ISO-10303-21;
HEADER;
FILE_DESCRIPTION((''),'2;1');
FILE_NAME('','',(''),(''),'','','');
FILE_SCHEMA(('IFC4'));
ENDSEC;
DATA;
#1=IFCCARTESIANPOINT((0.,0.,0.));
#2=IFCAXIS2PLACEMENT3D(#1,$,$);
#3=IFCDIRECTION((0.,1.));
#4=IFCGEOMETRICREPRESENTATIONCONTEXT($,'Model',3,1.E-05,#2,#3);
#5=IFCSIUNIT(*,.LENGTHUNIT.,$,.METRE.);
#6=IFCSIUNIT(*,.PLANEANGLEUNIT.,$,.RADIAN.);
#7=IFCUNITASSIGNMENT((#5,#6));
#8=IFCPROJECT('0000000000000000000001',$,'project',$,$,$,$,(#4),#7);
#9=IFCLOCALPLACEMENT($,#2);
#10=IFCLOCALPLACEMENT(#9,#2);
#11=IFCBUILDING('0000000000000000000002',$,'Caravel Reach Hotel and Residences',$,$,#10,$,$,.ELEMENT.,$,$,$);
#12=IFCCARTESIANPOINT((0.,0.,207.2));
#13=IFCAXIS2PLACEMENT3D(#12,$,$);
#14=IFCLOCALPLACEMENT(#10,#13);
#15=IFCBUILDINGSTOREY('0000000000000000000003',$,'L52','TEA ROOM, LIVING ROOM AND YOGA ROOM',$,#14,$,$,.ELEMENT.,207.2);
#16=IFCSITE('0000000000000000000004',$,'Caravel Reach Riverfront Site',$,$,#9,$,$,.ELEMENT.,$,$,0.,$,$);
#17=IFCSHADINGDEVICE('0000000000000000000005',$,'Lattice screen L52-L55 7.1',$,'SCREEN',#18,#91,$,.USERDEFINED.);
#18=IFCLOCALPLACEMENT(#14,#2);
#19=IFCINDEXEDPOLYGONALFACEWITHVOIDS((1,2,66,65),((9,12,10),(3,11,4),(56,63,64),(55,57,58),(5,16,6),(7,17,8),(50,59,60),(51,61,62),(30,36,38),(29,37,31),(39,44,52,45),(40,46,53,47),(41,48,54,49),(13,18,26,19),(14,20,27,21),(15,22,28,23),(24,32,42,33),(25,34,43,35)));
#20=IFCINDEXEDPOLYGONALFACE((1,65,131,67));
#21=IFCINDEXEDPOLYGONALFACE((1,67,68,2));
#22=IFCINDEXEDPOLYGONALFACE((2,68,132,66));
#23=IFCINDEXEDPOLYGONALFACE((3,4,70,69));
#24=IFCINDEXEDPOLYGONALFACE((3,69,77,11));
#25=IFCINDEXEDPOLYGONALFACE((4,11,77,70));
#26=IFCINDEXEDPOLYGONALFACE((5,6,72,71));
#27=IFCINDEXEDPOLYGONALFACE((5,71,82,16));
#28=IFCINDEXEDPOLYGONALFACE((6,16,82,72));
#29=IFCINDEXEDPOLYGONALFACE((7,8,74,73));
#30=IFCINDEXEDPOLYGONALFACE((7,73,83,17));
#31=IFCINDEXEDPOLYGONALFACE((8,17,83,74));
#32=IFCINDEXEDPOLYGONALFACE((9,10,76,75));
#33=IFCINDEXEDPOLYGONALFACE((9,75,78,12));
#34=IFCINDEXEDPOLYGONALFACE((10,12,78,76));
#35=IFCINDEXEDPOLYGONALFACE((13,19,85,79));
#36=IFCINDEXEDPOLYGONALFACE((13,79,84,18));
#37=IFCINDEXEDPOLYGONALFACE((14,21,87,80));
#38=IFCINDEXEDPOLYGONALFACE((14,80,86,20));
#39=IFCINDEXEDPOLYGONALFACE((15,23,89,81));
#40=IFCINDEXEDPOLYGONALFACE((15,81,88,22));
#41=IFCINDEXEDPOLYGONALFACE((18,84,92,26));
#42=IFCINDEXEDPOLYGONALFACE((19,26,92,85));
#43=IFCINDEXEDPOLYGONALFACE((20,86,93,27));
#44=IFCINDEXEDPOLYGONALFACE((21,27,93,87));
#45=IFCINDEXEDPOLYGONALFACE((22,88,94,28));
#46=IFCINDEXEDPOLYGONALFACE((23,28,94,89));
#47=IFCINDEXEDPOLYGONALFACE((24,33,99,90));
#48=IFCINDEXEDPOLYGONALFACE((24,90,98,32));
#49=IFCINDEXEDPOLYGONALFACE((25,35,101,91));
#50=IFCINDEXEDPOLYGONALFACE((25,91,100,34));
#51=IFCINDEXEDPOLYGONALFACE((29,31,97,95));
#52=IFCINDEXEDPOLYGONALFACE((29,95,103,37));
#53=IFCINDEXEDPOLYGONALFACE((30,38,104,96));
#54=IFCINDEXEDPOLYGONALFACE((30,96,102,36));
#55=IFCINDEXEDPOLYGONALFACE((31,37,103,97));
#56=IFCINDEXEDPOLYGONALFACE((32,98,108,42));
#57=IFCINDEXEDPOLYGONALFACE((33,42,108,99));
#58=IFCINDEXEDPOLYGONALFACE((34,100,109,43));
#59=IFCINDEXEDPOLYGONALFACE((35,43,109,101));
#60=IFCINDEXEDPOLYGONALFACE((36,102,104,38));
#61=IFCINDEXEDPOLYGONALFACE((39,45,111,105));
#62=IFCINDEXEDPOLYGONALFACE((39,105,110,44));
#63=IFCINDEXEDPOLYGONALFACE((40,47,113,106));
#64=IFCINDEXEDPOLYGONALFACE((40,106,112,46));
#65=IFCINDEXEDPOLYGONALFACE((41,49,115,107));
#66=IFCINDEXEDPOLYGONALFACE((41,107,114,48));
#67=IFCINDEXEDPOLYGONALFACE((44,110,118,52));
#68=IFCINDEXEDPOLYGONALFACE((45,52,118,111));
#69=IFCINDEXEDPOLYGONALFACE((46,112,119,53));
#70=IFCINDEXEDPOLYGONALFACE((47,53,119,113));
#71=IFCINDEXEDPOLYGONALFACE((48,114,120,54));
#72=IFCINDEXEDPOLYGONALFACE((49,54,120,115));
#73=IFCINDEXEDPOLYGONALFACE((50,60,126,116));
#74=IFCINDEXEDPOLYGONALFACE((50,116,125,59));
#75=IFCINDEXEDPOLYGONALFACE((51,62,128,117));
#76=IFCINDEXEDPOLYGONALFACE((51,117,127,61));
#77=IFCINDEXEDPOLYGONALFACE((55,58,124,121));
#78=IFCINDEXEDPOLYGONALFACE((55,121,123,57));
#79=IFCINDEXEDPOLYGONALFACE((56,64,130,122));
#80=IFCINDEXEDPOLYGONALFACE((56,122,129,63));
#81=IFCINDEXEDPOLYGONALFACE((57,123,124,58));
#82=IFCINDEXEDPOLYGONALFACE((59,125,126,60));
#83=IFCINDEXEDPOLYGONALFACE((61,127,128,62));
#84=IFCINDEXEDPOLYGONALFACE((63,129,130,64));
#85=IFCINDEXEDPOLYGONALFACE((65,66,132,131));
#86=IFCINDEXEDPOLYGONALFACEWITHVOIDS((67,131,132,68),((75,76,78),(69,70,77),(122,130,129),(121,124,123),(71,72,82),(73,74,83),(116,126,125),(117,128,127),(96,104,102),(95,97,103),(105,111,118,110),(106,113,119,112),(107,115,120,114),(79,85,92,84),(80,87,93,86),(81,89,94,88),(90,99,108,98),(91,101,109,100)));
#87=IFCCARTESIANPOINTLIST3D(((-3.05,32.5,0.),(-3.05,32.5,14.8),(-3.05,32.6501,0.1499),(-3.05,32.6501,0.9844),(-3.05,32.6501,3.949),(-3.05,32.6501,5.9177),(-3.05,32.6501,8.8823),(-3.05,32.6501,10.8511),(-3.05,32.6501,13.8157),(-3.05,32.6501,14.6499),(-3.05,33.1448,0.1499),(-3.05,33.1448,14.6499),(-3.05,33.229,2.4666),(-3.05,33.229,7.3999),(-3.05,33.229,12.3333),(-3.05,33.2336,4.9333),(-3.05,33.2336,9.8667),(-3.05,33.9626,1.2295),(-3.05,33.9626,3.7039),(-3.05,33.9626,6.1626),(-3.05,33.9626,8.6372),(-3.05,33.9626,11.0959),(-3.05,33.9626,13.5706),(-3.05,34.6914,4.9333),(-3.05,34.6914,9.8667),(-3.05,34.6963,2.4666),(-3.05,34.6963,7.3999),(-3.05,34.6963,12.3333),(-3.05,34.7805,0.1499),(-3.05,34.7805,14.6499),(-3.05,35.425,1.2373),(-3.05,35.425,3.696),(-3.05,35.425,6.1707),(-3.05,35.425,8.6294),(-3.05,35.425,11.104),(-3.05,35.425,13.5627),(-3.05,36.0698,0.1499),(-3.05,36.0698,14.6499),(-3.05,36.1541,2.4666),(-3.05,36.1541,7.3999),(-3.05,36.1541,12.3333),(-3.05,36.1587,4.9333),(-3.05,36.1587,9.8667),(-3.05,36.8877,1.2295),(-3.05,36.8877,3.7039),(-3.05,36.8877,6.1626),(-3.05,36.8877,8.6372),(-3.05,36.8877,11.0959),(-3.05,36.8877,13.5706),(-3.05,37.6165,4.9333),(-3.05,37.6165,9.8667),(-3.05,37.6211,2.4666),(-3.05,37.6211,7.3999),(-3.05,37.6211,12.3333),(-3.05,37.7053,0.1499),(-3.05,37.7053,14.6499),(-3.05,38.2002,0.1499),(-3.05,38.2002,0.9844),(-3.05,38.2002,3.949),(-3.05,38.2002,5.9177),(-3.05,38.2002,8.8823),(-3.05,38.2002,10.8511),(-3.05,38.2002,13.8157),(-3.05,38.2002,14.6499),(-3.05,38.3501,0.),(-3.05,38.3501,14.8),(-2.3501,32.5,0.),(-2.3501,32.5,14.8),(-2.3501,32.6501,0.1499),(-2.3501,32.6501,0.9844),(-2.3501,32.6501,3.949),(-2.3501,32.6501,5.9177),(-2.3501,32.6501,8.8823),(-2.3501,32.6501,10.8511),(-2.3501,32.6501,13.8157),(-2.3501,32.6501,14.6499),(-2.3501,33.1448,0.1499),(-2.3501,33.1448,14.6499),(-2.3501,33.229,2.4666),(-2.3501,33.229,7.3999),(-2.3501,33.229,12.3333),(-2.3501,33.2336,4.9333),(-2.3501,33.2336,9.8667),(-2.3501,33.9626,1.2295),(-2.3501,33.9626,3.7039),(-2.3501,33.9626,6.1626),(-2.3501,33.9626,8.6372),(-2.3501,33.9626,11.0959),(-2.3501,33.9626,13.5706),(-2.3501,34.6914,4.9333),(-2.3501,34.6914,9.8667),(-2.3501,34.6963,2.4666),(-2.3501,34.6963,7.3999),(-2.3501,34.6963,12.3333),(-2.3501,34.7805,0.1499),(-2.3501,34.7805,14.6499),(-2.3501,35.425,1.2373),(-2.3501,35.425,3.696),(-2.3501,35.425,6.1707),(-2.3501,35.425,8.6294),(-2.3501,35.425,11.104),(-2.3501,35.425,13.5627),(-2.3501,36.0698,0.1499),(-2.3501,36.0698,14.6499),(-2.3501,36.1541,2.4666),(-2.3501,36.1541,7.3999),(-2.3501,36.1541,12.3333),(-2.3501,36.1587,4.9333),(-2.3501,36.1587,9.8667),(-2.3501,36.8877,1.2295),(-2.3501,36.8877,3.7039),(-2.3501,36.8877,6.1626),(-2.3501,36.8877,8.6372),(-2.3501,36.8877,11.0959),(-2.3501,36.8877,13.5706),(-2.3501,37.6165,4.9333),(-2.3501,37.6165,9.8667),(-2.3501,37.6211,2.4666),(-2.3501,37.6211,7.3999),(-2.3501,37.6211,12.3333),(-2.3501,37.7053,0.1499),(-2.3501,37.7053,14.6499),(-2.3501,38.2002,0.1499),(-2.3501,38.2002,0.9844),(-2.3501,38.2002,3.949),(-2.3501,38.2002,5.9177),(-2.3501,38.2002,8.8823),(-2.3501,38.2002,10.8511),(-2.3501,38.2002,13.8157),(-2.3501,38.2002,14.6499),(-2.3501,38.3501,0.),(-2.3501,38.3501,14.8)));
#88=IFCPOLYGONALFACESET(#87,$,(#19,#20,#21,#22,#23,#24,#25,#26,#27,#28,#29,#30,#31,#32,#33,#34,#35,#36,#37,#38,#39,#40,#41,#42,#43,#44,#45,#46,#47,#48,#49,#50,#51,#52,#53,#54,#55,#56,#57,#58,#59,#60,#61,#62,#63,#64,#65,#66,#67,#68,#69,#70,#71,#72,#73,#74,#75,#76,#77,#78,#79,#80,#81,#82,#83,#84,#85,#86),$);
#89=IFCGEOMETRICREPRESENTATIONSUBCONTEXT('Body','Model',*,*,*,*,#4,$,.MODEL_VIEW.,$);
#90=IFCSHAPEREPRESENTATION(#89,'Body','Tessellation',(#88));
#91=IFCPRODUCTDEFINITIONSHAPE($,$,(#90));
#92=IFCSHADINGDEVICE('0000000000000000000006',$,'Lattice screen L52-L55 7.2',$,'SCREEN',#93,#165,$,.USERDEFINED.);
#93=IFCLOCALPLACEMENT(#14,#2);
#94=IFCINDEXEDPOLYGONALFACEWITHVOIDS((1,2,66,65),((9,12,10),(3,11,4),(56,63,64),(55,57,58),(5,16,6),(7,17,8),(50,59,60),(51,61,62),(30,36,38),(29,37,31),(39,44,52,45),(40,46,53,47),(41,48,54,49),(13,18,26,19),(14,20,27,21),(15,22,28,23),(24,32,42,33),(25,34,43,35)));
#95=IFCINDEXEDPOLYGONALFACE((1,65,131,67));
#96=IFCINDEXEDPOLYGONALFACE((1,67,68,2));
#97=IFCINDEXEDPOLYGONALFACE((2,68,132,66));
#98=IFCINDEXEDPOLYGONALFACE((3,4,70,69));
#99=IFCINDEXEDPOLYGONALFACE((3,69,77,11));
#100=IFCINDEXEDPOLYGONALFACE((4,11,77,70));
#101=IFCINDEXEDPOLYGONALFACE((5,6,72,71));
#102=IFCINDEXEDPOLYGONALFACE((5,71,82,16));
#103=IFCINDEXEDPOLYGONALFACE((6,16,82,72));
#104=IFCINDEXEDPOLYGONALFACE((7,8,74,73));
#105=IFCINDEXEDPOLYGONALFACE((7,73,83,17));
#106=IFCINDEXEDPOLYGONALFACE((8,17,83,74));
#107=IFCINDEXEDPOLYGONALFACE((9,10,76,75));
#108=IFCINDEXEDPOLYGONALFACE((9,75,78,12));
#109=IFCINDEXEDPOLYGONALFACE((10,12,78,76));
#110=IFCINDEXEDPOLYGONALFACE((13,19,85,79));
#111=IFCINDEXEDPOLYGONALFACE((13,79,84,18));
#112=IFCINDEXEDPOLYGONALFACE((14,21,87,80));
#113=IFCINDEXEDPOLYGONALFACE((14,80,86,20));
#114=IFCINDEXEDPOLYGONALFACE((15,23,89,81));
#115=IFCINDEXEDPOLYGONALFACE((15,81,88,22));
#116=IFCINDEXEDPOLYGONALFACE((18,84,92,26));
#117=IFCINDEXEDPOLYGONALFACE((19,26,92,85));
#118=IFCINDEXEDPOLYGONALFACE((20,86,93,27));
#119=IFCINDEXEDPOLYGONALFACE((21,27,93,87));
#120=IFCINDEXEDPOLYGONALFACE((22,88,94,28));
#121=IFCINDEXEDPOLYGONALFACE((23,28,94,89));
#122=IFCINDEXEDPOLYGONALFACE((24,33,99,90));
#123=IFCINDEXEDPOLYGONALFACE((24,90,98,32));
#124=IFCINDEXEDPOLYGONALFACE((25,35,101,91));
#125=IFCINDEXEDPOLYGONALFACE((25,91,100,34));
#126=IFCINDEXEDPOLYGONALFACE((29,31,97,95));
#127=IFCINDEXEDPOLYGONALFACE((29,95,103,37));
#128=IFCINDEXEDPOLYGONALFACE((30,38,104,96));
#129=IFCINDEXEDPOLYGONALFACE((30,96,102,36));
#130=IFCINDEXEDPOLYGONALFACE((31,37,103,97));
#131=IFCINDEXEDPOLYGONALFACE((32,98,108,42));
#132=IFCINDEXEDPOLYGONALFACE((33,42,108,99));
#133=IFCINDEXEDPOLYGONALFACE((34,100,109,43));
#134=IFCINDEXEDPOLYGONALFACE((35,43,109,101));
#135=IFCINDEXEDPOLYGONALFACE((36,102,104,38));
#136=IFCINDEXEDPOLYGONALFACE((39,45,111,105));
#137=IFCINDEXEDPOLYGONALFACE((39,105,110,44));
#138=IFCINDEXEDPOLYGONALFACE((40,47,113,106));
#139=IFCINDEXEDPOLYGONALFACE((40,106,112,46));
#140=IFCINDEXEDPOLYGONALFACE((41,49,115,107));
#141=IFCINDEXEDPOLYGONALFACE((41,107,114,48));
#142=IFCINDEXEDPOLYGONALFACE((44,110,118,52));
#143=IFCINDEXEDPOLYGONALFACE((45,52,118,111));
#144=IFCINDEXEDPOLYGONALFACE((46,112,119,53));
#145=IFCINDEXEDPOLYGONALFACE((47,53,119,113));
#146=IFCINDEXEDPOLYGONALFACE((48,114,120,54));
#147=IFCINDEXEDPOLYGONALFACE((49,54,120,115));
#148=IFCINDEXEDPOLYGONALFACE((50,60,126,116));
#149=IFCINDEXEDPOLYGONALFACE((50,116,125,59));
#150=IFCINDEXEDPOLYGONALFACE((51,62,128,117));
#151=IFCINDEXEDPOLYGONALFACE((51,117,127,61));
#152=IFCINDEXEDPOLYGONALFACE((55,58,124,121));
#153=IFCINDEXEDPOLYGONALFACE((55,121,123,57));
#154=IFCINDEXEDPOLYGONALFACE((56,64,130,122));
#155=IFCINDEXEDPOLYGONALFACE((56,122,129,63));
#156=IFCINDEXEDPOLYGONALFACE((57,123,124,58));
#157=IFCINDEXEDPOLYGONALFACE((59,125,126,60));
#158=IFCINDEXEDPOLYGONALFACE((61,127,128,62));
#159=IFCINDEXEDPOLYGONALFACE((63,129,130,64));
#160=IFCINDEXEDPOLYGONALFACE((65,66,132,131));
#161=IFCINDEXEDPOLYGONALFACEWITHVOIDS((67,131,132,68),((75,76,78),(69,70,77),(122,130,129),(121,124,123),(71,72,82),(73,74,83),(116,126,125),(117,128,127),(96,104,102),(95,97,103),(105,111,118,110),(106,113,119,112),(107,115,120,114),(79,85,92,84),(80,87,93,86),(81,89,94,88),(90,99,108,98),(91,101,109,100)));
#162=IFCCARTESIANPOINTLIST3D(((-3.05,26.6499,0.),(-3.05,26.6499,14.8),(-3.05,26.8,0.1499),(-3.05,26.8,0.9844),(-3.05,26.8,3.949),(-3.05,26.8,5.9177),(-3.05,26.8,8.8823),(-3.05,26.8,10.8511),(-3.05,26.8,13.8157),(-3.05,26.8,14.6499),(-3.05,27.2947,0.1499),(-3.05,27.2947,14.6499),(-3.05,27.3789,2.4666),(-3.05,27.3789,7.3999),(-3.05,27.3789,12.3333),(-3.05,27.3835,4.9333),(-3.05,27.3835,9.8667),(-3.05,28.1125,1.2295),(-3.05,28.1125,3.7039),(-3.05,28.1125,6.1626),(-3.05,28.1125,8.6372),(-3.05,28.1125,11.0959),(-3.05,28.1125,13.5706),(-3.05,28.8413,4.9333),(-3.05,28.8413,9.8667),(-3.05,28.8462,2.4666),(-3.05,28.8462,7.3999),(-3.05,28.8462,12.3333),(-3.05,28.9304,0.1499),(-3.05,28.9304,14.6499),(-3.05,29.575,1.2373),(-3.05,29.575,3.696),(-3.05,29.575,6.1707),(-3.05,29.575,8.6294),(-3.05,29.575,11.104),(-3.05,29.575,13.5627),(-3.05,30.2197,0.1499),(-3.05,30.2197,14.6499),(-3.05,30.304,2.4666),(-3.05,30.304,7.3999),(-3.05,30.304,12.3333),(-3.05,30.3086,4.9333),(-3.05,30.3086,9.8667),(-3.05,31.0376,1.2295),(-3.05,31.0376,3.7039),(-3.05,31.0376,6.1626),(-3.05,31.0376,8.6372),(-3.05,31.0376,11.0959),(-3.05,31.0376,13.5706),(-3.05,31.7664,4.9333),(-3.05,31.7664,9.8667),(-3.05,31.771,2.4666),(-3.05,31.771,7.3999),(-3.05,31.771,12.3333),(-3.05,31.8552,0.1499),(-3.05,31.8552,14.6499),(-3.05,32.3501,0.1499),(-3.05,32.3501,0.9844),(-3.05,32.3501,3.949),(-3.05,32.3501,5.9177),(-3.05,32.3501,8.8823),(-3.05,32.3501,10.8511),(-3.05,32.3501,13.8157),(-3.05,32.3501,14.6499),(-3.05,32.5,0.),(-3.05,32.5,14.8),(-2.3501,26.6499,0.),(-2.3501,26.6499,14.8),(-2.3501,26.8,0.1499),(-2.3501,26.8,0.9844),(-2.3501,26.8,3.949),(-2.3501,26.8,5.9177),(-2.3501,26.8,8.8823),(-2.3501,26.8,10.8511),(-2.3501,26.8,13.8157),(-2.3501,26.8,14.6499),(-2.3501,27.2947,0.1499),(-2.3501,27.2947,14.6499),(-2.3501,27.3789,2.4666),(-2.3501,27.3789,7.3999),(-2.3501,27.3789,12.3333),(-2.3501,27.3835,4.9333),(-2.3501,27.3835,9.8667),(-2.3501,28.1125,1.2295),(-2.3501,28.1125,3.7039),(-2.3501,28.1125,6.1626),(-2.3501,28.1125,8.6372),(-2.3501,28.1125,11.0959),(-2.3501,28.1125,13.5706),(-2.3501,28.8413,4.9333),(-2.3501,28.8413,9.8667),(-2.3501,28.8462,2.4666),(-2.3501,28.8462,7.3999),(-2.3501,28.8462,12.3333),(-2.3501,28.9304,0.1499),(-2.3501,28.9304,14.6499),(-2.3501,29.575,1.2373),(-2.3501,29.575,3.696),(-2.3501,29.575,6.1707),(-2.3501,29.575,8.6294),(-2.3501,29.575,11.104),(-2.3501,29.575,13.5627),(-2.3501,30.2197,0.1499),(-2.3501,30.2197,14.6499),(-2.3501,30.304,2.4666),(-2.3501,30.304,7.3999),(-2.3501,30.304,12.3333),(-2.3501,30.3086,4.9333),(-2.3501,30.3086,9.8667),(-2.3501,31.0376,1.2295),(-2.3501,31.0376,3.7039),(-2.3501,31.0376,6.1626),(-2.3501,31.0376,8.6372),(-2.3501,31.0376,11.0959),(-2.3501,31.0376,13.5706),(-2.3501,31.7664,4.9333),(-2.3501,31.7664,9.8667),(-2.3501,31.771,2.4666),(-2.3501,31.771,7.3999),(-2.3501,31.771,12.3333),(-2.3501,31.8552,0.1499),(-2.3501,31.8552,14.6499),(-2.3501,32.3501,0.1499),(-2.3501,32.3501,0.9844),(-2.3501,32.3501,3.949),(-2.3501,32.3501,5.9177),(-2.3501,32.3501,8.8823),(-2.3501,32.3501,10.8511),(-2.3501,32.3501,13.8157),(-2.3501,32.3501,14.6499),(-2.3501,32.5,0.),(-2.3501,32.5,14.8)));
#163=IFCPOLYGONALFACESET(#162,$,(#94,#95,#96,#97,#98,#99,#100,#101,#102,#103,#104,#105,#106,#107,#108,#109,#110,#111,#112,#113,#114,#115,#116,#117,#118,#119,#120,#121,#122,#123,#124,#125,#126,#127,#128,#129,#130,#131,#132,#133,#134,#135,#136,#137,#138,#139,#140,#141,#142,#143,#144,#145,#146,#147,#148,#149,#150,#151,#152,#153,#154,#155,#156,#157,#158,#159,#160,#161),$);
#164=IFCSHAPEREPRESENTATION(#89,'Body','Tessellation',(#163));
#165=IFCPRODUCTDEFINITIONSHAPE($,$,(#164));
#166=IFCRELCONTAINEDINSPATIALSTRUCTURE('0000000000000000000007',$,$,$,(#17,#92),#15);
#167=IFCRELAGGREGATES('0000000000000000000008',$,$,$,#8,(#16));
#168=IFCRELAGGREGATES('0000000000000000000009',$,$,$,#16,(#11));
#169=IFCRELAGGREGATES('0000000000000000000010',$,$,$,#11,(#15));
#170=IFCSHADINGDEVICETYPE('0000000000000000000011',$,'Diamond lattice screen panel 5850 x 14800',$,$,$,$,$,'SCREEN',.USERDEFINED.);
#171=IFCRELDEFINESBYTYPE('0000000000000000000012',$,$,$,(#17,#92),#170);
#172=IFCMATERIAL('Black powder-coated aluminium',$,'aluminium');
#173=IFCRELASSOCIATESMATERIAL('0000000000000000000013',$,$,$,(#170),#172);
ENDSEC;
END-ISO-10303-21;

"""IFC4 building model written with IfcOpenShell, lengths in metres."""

from ifc_helpers import new_model, si_unit, direction, frame, origin, place, context, subcontext, project, spatial, polyline, outline, extrude, material, type_object, element, save


model = new_model("IFC4")

# Units and contexts
model_context = context("Model", 3, precision=1e-05, world=origin(), true_north=direction((0.0, 1.0)))
body_context = subcontext(model_context, "Body", "Model", "MODEL_VIEW")
ifc_project = project(units=[si_unit("LENGTHUNIT", "METRE"), si_unit("PLANEANGLEUNIT", "RADIAN")], contexts=[model_context])

# Site, building, storey
site_placement = place(None, origin())
site = spatial("IfcSite", under=ifc_project, at=site_placement, Name="Caravel Reach Riverfront Site", CompositionType="ELEMENT", RefElevation=0.0)
building_placement = place(site_placement, origin())
building = spatial("IfcBuilding", under=site, at=building_placement, Name="Caravel Reach Hotel and Residences", CompositionType="ELEMENT")
storey_placement = place(building_placement, frame((0.0, 0.0, 207.2)))
storey = spatial("IfcBuildingStorey", under=building, at=storey_placement, Name="L52", Description="TEA ROOM, LIVING ROOM AND YOGA ROOM", CompositionType="ELEMENT", Elevation=207.2)

# Shading devices
ifc_material_1 = material(Name="Black powder-coated aluminium", Category="aluminium")
shading_device_type_1 = type_object("IfcShadingDeviceType", Name="Diamond lattice screen panel 5850 x 14800", ElementType="SCREEN", PredefinedType="USERDEFINED", material=ifc_material_1)
shading_device_1_placement = place(storey_placement, frame((-2.3501, 38.3501, 0.0), z_axis=(-1.0, 0.0, 0.0), x_axis=(0.0, -1.0, 0.0)))
element("IfcShadingDevice", 1, at=shading_device_1_placement, inside=storey, type_object=shading_device_type_1, Name="Lattice screen L52-L55 7.1", ObjectType="SCREEN", PredefinedType="USERDEFINED", context=body_context, shape_type="SweptSolid", body=[
    extrude(outline(polyline([(0.0, 0.0), (5.8501, 0.0), (5.8501, 14.8), (0.0, 14.8), (0.0, 0.0)]), holes=[polyline([(0.6448, 0.1499), (0.1499, 0.9844), (0.1499, 0.1499), (0.6448, 0.1499)]), polyline([(0.7336, 4.9333), (0.1499, 5.9177), (0.1499, 3.949), (0.7336, 4.9333)]), polyline([(0.7336, 9.8667), (0.1499, 10.8511), (0.1499, 8.8823), (0.7336, 9.8667)]), polyline([(0.1499, 13.8157), (0.6448, 14.6499), (0.1499, 14.6499), (0.1499, 13.8157)]), polyline([(1.4624, 3.7039), (0.729, 2.4666), (1.4624, 1.2295), (2.196, 2.4666), (1.4624, 3.7039)]), polyline([(1.4624, 8.6372), (0.729, 7.3999), (1.4624, 6.1626), (2.196, 7.3999), (1.4624, 8.6372)]), polyline([(1.4624, 13.5706), (0.729, 12.3333), (1.4624, 11.0959), (2.196, 12.3333), (1.4624, 13.5706)]), polyline([(2.925, 1.2373), (2.2803, 0.1499), (3.5696, 0.1499), (2.925, 1.2373)]), polyline([(2.925, 6.1707), (2.1914, 4.9333), (2.925, 3.696), (3.6587, 4.9333), (2.925, 6.1707)]), polyline([(2.925, 11.104), (2.1914, 9.8667), (2.925, 8.6294), (3.6587, 9.8667), (2.925, 11.104)]), polyline([(2.925, 13.5627), (3.5696, 14.6499), (2.2803, 14.6499), (2.925, 13.5627)]), polyline([(4.3875, 3.7039), (3.6538, 2.4666), (4.3875, 1.2295), (5.1211, 2.4666), (4.3875, 3.7039)]), polyline([(4.3875, 8.6372), (3.6538, 7.3999), (4.3875, 6.1626), (5.1211, 7.3999), (4.3875, 8.6372)]), polyline([(4.3875, 13.5706), (3.6538, 12.3333), (4.3875, 11.0959), (5.1211, 12.3333), (4.3875, 13.5706)]), polyline([(5.7, 0.9844), (5.2053, 0.1499), (5.7, 0.1499), (5.7, 0.9844)]), polyline([(5.1165, 4.9333), (5.7, 3.949), (5.7, 5.9177), (5.1165, 4.9333)]), polyline([(5.1165, 9.8667), (5.7, 8.8823), (5.7, 10.8511), (5.1165, 9.8667)]), polyline([(5.2053, 14.6499), (5.7, 13.8157), (5.7, 14.6499), (5.2053, 14.6499)])]), origin(), (0.0, 0.0, 1.0), 0.7),
])
shading_device_2_placement = place(storey_placement, frame((-2.3501, 32.5, 0.0), z_axis=(-1.0, 0.0, 0.0), x_axis=(0.0, -1.0, 0.0)))
element("IfcShadingDevice", 2, at=shading_device_2_placement, inside=storey, type_object=shading_device_type_1, Name="Lattice screen L52-L55 7.2", ObjectType="SCREEN", PredefinedType="USERDEFINED", context=body_context, shape_type="SweptSolid", body=[
    extrude(outline(polyline([(0.0, 0.0), (5.8501, 0.0), (5.8501, 14.8), (0.0, 14.8), (0.0, 0.0)]), holes=[polyline([(0.6448, 0.1499), (0.1499, 0.9844), (0.1499, 0.1499), (0.6448, 0.1499)]), polyline([(0.7336, 4.9333), (0.1499, 5.9177), (0.1499, 3.949), (0.7336, 4.9333)]), polyline([(0.7336, 9.8667), (0.1499, 10.8511), (0.1499, 8.8823), (0.7336, 9.8667)]), polyline([(0.1499, 13.8157), (0.6448, 14.6499), (0.1499, 14.6499), (0.1499, 13.8157)]), polyline([(1.4624, 3.7039), (0.729, 2.4666), (1.4624, 1.2295), (2.196, 2.4666), (1.4624, 3.7039)]), polyline([(1.4624, 8.6372), (0.729, 7.3999), (1.4624, 6.1626), (2.196, 7.3999), (1.4624, 8.6372)]), polyline([(1.4624, 13.5706), (0.729, 12.3333), (1.4624, 11.0959), (2.196, 12.3333), (1.4624, 13.5706)]), polyline([(2.925, 1.2373), (2.2803, 0.1499), (3.5696, 0.1499), (2.925, 1.2373)]), polyline([(2.925, 6.1707), (2.1914, 4.9333), (2.925, 3.696), (3.6587, 4.9333), (2.925, 6.1707)]), polyline([(2.925, 11.104), (2.1914, 9.8667), (2.925, 8.6294), (3.6587, 9.8667), (2.925, 11.104)]), polyline([(2.925, 13.5627), (3.5696, 14.6499), (2.2803, 14.6499), (2.925, 13.5627)]), polyline([(4.3875, 3.7039), (3.6538, 2.4666), (4.3875, 1.2295), (5.1211, 2.4666), (4.3875, 3.7039)]), polyline([(4.3875, 8.6372), (3.6538, 7.3999), (4.3875, 6.1626), (5.1211, 7.3999), (4.3875, 8.6372)]), polyline([(4.3875, 13.5706), (3.6538, 12.3333), (4.3875, 11.0959), (5.1211, 12.3333), (4.3875, 13.5706)]), polyline([(5.7, 0.9844), (5.2053, 0.1499), (5.7, 0.1499), (5.7, 0.9844)]), polyline([(5.1165, 4.9333), (5.7, 3.949), (5.7, 5.9177), (5.1165, 4.9333)]), polyline([(5.1165, 9.8667), (5.7, 8.8823), (5.7, 10.8511), (5.1165, 9.8667)]), polyline([(5.2053, 14.6499), (5.7, 13.8157), (5.7, 14.6499), (5.2053, 14.6499)])]), origin(), (0.0, 0.0, 1.0), 0.7),
])

save(model, "model.ifc")
